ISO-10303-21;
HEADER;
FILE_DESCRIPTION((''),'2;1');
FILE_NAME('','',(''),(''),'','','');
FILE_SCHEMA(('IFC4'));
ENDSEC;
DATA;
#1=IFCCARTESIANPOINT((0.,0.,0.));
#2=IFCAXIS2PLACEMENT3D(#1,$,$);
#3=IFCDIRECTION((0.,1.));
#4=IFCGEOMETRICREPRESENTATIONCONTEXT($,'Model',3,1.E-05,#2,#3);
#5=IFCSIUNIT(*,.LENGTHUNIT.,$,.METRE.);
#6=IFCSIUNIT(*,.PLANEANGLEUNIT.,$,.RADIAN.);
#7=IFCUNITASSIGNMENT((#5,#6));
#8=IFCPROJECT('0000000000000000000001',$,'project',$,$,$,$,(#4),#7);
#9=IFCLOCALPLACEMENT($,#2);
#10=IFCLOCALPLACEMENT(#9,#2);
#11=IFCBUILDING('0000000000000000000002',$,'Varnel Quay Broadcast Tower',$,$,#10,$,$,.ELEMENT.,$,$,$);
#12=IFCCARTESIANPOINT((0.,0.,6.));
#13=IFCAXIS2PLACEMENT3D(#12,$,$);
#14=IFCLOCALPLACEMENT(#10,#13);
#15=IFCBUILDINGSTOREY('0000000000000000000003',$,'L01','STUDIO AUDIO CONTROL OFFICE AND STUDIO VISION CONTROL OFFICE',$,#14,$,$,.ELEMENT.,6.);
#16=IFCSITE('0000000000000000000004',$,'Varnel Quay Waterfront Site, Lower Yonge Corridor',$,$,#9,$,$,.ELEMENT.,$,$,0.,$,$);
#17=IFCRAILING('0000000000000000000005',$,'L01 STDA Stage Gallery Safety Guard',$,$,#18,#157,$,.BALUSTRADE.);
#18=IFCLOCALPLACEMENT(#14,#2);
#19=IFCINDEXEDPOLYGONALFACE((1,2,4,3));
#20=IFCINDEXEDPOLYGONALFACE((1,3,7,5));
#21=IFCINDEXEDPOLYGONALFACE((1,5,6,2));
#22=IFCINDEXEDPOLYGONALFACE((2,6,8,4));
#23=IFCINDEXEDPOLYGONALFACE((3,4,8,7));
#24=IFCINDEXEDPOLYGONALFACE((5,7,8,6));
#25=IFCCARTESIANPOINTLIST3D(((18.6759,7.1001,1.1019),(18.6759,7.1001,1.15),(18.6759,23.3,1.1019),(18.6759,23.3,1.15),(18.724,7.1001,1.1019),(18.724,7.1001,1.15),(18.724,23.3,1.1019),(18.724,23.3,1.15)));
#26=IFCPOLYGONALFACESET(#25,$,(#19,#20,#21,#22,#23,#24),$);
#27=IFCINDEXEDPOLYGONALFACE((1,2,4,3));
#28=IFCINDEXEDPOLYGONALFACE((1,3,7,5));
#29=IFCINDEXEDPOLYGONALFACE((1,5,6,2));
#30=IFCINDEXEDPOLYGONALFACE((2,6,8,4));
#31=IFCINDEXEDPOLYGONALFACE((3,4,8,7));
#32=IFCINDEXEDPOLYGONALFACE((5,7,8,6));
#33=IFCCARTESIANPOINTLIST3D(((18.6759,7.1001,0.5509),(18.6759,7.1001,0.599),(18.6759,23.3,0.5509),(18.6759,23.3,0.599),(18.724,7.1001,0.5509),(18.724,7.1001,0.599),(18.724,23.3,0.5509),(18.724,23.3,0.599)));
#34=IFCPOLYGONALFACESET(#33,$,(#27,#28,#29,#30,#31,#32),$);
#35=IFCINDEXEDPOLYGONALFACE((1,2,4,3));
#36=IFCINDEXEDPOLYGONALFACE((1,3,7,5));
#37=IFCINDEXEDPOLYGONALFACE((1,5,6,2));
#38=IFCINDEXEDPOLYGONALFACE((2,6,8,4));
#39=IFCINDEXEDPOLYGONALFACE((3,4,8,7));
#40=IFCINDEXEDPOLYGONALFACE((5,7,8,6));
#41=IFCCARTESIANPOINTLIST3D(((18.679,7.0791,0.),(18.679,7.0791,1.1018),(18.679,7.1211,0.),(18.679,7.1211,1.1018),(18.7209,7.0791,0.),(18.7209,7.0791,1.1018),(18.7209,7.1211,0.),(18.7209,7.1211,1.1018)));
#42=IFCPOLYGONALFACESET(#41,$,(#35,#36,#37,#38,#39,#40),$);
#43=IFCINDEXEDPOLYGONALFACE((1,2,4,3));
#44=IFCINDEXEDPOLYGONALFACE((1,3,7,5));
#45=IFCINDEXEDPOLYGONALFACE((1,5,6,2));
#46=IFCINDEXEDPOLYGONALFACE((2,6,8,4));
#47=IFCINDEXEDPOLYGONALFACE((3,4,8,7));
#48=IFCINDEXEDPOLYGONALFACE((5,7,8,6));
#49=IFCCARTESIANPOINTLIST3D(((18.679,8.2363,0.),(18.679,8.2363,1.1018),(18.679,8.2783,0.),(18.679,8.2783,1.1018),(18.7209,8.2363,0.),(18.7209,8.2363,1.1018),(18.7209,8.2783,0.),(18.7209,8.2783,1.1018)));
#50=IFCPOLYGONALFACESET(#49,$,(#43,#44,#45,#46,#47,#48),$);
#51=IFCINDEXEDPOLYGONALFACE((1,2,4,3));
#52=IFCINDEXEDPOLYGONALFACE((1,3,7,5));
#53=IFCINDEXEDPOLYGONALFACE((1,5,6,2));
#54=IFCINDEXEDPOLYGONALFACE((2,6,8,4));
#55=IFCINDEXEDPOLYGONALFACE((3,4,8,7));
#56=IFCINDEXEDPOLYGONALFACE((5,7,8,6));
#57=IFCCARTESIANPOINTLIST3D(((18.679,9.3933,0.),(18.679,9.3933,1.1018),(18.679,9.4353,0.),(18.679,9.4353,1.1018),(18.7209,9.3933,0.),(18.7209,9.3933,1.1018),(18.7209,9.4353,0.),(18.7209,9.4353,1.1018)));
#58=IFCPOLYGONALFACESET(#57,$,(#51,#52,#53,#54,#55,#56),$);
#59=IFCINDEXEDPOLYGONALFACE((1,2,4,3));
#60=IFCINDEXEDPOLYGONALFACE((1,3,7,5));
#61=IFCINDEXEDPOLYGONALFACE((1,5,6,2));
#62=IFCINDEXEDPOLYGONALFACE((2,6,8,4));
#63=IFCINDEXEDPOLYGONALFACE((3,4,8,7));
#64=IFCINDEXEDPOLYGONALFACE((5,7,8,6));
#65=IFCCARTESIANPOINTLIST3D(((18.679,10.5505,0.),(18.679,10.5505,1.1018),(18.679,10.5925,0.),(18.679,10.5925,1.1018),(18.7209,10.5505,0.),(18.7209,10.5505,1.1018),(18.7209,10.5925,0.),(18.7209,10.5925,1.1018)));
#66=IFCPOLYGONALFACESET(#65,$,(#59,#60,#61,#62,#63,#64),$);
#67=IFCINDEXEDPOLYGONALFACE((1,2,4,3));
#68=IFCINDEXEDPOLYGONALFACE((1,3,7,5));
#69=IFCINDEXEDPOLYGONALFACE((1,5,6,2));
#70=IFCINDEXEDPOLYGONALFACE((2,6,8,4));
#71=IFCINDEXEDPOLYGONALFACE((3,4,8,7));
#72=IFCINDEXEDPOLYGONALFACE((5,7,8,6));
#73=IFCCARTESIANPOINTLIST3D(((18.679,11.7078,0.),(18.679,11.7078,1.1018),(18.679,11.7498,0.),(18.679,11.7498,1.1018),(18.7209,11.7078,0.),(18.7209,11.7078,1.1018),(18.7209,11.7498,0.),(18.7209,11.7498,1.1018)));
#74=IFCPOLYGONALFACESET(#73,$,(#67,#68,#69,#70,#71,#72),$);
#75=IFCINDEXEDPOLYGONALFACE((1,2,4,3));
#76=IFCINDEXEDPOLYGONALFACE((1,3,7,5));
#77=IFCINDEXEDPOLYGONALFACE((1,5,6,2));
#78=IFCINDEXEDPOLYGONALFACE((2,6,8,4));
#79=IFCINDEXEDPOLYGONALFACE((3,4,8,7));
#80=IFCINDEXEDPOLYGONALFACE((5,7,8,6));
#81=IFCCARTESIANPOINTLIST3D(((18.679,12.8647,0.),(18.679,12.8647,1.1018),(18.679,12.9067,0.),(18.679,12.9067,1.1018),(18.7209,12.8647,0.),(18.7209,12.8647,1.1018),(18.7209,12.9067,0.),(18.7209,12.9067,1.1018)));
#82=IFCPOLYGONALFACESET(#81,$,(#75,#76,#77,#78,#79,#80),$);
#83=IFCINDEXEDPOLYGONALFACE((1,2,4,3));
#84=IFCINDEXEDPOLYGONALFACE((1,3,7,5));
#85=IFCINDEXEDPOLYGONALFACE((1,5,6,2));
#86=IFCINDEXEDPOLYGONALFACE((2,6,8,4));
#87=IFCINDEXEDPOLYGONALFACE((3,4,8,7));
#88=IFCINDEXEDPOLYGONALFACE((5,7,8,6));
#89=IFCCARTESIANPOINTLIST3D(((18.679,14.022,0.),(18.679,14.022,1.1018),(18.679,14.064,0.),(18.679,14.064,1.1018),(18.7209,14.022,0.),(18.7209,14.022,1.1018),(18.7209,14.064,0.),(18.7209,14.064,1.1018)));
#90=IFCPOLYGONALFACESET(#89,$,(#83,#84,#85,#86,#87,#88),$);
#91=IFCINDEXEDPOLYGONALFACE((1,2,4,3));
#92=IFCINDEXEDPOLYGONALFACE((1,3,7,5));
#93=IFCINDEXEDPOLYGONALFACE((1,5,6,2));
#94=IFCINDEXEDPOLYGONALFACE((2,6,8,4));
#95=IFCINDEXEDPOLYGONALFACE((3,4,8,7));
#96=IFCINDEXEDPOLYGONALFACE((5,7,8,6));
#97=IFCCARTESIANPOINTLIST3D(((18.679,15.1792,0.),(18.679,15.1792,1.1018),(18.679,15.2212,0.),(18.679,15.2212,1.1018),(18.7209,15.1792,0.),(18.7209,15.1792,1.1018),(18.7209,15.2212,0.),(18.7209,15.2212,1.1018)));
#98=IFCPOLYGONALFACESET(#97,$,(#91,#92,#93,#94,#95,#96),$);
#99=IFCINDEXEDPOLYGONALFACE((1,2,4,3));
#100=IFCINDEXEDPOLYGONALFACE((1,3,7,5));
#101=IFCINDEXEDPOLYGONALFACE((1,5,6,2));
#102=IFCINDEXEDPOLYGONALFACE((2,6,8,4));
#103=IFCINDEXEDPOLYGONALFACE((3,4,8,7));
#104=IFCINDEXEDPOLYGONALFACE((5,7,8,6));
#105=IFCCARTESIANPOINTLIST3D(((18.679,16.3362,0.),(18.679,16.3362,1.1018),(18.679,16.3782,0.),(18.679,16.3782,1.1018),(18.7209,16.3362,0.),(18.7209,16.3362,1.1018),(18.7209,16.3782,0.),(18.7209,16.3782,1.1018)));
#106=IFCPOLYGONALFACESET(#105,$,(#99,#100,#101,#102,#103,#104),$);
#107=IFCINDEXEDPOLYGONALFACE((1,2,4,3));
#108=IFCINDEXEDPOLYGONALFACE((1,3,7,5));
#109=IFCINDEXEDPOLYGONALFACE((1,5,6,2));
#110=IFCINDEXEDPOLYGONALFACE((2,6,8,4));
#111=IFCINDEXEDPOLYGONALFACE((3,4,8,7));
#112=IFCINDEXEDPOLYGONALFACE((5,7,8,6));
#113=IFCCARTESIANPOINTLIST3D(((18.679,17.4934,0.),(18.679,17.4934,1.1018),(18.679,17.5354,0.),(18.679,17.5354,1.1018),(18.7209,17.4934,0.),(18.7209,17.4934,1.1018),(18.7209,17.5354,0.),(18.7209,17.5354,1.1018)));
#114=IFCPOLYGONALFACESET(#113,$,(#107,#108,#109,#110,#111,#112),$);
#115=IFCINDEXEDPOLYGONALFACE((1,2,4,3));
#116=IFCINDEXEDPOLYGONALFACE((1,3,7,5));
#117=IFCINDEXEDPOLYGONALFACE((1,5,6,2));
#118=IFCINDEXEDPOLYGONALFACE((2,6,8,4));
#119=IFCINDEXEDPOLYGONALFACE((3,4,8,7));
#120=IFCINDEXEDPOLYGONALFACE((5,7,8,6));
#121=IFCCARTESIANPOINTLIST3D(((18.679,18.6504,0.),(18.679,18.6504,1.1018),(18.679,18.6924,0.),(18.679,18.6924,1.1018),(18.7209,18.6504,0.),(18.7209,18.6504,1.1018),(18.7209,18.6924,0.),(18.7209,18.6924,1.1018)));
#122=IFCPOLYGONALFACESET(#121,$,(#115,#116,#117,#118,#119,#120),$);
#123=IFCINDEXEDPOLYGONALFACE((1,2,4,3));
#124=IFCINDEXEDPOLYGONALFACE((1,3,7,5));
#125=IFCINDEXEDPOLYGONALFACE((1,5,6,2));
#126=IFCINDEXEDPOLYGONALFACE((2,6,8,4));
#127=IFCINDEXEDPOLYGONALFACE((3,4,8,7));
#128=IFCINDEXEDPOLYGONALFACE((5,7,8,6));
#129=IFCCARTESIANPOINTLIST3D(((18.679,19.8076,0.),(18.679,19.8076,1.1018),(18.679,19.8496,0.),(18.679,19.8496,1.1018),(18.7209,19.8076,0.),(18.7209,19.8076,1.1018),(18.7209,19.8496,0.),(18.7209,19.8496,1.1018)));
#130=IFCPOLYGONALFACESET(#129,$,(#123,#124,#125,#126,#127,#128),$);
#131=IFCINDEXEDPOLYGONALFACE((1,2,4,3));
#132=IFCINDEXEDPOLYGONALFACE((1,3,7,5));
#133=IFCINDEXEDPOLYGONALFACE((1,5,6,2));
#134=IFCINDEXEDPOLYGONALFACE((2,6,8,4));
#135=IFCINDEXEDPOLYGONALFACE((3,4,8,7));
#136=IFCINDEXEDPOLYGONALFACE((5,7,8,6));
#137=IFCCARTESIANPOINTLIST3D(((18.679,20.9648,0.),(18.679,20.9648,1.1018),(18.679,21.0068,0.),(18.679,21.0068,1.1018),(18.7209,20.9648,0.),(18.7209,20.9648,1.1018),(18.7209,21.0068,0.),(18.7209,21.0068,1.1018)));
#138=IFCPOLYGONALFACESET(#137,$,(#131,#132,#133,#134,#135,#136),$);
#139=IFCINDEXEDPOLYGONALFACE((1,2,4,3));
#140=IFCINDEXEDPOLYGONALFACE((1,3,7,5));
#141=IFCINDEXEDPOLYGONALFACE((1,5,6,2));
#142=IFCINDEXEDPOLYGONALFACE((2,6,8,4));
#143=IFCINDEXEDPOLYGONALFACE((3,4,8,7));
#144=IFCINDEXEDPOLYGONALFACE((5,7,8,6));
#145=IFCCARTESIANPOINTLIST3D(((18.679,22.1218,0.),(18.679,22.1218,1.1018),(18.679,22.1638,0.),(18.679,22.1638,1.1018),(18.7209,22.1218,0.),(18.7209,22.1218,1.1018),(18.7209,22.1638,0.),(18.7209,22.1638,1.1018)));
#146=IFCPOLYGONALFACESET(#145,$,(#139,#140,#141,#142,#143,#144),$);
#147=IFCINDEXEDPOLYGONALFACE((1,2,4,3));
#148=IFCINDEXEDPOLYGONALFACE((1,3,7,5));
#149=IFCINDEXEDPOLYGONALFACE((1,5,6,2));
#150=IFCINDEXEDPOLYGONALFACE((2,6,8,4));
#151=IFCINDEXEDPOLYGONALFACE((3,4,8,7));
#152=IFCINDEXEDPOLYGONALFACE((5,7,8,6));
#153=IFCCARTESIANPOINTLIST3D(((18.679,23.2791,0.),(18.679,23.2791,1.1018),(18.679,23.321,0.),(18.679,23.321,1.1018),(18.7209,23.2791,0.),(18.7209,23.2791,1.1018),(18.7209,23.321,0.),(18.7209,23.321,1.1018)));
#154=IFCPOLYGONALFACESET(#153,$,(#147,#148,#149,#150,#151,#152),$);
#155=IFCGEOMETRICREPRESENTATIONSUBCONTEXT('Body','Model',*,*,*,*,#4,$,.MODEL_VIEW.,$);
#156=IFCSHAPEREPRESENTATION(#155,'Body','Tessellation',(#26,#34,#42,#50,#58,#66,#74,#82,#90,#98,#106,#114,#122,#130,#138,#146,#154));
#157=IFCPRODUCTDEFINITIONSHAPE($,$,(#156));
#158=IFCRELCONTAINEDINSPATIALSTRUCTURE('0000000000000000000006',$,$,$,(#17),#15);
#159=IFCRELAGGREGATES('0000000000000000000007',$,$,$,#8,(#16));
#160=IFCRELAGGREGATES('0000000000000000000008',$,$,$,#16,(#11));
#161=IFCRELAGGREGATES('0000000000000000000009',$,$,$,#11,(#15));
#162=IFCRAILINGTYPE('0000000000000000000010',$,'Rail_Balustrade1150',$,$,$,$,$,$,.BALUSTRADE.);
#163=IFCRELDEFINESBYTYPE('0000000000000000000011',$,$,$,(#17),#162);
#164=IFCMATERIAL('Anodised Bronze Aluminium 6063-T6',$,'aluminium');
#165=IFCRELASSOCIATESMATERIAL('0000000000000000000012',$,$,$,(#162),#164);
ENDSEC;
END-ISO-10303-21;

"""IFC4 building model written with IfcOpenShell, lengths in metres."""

from ifc_helpers import new_model, si_unit, direction, frame, origin, origin_2d, place, context, subcontext, project, spatial, rectangle, extrude, material, type_object, element, save


model = new_model("IFC4")

# Units and contexts
model_context = context("Model", 3, precision=1e-05, world=origin(), true_north=direction((0.0, 1.0)))
body_context = subcontext(model_context, "Body", "Model", "MODEL_VIEW")
ifc_project = project(units=[si_unit("LENGTHUNIT", "METRE"), si_unit("PLANEANGLEUNIT", "RADIAN")], contexts=[model_context])

# Site, building, storey
site_placement = place(None, origin())
site = spatial("IfcSite", under=ifc_project, at=site_placement, Name="Varnel Quay Waterfront Site, Lower Yonge Corridor", CompositionType="ELEMENT", RefElevation=0.0)
building_placement = place(site_placement, origin())
building = spatial("IfcBuilding", under=site, at=building_placement, Name="Varnel Quay Broadcast Tower", CompositionType="ELEMENT")
storey_placement = place(building_placement, frame((0.0, 0.0, 6.0)))
storey = spatial("IfcBuildingStorey", under=building, at=storey_placement, Name="L01", Description="STUDIO AUDIO CONTROL OFFICE AND STUDIO VISION CONTROL OFFICE", CompositionType="ELEMENT", Elevation=6.0)

# Railing
ifc_material_1 = material(Name="Anodised Bronze Aluminium 6063-T6", Category="aluminium")
railing_type = type_object("IfcRailingType", Name="Rail_Balustrade1150", PredefinedType="BALUSTRADE", material=ifc_material_1)
railing_1_placement = place(storey_placement, frame((18.7, 7.1001, 0.0)))
element("IfcRailing", 1, at=railing_1_placement, inside=storey, type_object=railing_type, Name="L01 STDA Stage Gallery Safety Guard", PredefinedType="BALUSTRADE", context=body_context, shape_type="SweptSolid", body=[
    extrude(rectangle(XDim=0.0481, YDim=0.0481, at=origin_2d()), frame((0.0, 0.0, 1.126), z_axis=(0.0, 1.0, 0.0), x_axis=(-1.0, 0.0, 0.0)), (0.0, 0.0, 1.0), 16.2),
    extrude(rectangle(XDim=0.0481, YDim=0.0481, at=origin_2d()), frame((0.0, 0.0, 0.575), z_axis=(0.0, 1.0, 0.0), x_axis=(-1.0, 0.0, 0.0)), (0.0, 0.0, 1.0), 16.2),
    extrude(rectangle(XDim=0.042, YDim=0.042, at=origin_2d()), origin(), (0.0, 0.0, 1.0), 1.1018),
    extrude(rectangle(XDim=0.042, YDim=0.042, at=origin_2d()), frame((0.0, 1.1572, 0.0)), (0.0, 0.0, 1.0), 1.1018),
    extrude(rectangle(XDim=0.042, YDim=0.042, at=origin_2d()), frame((0.0, 2.3142, 0.0)), (0.0, 0.0, 1.0), 1.1018),
    extrude(rectangle(XDim=0.042, YDim=0.042, at=origin_2d()), frame((0.0, 3.4714, 0.0)), (0.0, 0.0, 1.0), 1.1018),
    extrude(rectangle(XDim=0.042, YDim=0.042, at=origin_2d()), frame((0.0, 4.6287, 0.0)), (0.0, 0.0, 1.0), 1.1018),
    extrude(rectangle(XDim=0.042, YDim=0.042, at=origin_2d()), frame((0.0, 5.7856, 0.0)), (0.0, 0.0, 1.0), 1.1018),
    extrude(rectangle(XDim=0.042, YDim=0.042, at=origin_2d()), frame((0.0, 6.9429, 0.0)), (0.0, 0.0, 1.0), 1.1018),
    extrude(rectangle(XDim=0.042, YDim=0.042, at=origin_2d()), frame((0.0, 8.1001, 0.0)), (0.0, 0.0, 1.0), 1.1018),
    extrude(rectangle(XDim=0.042, YDim=0.042, at=origin_2d()), frame((0.0, 9.2571, 0.0)), (0.0, 0.0, 1.0), 1.1018),
    extrude(rectangle(XDim=0.042, YDim=0.042, at=origin_2d()), frame((0.0, 10.4143, 0.0)), (0.0, 0.0, 1.0), 1.1018),
    extrude(rectangle(XDim=0.042, YDim=0.042, at=origin_2d()), frame((0.0, 11.5713, 0.0)), (0.0, 0.0, 1.0), 1.1018),
    extrude(rectangle(XDim=0.042, YDim=0.042, at=origin_2d()), frame((0.0, 12.7285, 0.0)), (0.0, 0.0, 1.0), 1.1018),
    extrude(rectangle(XDim=0.042, YDim=0.042, at=origin_2d()), frame((0.0, 13.8857, 0.0)), (0.0, 0.0, 1.0), 1.1018),
    extrude(rectangle(XDim=0.042, YDim=0.042, at=origin_2d()), frame((0.0, 15.0427, 0.0)), (0.0, 0.0, 1.0), 1.1018),
    extrude(rectangle(XDim=0.042, YDim=0.042, at=origin_2d()), frame((0.0, 16.2, 0.0)), (0.0, 0.0, 1.0), 1.1018),
])

save(model, "model.ifc")
